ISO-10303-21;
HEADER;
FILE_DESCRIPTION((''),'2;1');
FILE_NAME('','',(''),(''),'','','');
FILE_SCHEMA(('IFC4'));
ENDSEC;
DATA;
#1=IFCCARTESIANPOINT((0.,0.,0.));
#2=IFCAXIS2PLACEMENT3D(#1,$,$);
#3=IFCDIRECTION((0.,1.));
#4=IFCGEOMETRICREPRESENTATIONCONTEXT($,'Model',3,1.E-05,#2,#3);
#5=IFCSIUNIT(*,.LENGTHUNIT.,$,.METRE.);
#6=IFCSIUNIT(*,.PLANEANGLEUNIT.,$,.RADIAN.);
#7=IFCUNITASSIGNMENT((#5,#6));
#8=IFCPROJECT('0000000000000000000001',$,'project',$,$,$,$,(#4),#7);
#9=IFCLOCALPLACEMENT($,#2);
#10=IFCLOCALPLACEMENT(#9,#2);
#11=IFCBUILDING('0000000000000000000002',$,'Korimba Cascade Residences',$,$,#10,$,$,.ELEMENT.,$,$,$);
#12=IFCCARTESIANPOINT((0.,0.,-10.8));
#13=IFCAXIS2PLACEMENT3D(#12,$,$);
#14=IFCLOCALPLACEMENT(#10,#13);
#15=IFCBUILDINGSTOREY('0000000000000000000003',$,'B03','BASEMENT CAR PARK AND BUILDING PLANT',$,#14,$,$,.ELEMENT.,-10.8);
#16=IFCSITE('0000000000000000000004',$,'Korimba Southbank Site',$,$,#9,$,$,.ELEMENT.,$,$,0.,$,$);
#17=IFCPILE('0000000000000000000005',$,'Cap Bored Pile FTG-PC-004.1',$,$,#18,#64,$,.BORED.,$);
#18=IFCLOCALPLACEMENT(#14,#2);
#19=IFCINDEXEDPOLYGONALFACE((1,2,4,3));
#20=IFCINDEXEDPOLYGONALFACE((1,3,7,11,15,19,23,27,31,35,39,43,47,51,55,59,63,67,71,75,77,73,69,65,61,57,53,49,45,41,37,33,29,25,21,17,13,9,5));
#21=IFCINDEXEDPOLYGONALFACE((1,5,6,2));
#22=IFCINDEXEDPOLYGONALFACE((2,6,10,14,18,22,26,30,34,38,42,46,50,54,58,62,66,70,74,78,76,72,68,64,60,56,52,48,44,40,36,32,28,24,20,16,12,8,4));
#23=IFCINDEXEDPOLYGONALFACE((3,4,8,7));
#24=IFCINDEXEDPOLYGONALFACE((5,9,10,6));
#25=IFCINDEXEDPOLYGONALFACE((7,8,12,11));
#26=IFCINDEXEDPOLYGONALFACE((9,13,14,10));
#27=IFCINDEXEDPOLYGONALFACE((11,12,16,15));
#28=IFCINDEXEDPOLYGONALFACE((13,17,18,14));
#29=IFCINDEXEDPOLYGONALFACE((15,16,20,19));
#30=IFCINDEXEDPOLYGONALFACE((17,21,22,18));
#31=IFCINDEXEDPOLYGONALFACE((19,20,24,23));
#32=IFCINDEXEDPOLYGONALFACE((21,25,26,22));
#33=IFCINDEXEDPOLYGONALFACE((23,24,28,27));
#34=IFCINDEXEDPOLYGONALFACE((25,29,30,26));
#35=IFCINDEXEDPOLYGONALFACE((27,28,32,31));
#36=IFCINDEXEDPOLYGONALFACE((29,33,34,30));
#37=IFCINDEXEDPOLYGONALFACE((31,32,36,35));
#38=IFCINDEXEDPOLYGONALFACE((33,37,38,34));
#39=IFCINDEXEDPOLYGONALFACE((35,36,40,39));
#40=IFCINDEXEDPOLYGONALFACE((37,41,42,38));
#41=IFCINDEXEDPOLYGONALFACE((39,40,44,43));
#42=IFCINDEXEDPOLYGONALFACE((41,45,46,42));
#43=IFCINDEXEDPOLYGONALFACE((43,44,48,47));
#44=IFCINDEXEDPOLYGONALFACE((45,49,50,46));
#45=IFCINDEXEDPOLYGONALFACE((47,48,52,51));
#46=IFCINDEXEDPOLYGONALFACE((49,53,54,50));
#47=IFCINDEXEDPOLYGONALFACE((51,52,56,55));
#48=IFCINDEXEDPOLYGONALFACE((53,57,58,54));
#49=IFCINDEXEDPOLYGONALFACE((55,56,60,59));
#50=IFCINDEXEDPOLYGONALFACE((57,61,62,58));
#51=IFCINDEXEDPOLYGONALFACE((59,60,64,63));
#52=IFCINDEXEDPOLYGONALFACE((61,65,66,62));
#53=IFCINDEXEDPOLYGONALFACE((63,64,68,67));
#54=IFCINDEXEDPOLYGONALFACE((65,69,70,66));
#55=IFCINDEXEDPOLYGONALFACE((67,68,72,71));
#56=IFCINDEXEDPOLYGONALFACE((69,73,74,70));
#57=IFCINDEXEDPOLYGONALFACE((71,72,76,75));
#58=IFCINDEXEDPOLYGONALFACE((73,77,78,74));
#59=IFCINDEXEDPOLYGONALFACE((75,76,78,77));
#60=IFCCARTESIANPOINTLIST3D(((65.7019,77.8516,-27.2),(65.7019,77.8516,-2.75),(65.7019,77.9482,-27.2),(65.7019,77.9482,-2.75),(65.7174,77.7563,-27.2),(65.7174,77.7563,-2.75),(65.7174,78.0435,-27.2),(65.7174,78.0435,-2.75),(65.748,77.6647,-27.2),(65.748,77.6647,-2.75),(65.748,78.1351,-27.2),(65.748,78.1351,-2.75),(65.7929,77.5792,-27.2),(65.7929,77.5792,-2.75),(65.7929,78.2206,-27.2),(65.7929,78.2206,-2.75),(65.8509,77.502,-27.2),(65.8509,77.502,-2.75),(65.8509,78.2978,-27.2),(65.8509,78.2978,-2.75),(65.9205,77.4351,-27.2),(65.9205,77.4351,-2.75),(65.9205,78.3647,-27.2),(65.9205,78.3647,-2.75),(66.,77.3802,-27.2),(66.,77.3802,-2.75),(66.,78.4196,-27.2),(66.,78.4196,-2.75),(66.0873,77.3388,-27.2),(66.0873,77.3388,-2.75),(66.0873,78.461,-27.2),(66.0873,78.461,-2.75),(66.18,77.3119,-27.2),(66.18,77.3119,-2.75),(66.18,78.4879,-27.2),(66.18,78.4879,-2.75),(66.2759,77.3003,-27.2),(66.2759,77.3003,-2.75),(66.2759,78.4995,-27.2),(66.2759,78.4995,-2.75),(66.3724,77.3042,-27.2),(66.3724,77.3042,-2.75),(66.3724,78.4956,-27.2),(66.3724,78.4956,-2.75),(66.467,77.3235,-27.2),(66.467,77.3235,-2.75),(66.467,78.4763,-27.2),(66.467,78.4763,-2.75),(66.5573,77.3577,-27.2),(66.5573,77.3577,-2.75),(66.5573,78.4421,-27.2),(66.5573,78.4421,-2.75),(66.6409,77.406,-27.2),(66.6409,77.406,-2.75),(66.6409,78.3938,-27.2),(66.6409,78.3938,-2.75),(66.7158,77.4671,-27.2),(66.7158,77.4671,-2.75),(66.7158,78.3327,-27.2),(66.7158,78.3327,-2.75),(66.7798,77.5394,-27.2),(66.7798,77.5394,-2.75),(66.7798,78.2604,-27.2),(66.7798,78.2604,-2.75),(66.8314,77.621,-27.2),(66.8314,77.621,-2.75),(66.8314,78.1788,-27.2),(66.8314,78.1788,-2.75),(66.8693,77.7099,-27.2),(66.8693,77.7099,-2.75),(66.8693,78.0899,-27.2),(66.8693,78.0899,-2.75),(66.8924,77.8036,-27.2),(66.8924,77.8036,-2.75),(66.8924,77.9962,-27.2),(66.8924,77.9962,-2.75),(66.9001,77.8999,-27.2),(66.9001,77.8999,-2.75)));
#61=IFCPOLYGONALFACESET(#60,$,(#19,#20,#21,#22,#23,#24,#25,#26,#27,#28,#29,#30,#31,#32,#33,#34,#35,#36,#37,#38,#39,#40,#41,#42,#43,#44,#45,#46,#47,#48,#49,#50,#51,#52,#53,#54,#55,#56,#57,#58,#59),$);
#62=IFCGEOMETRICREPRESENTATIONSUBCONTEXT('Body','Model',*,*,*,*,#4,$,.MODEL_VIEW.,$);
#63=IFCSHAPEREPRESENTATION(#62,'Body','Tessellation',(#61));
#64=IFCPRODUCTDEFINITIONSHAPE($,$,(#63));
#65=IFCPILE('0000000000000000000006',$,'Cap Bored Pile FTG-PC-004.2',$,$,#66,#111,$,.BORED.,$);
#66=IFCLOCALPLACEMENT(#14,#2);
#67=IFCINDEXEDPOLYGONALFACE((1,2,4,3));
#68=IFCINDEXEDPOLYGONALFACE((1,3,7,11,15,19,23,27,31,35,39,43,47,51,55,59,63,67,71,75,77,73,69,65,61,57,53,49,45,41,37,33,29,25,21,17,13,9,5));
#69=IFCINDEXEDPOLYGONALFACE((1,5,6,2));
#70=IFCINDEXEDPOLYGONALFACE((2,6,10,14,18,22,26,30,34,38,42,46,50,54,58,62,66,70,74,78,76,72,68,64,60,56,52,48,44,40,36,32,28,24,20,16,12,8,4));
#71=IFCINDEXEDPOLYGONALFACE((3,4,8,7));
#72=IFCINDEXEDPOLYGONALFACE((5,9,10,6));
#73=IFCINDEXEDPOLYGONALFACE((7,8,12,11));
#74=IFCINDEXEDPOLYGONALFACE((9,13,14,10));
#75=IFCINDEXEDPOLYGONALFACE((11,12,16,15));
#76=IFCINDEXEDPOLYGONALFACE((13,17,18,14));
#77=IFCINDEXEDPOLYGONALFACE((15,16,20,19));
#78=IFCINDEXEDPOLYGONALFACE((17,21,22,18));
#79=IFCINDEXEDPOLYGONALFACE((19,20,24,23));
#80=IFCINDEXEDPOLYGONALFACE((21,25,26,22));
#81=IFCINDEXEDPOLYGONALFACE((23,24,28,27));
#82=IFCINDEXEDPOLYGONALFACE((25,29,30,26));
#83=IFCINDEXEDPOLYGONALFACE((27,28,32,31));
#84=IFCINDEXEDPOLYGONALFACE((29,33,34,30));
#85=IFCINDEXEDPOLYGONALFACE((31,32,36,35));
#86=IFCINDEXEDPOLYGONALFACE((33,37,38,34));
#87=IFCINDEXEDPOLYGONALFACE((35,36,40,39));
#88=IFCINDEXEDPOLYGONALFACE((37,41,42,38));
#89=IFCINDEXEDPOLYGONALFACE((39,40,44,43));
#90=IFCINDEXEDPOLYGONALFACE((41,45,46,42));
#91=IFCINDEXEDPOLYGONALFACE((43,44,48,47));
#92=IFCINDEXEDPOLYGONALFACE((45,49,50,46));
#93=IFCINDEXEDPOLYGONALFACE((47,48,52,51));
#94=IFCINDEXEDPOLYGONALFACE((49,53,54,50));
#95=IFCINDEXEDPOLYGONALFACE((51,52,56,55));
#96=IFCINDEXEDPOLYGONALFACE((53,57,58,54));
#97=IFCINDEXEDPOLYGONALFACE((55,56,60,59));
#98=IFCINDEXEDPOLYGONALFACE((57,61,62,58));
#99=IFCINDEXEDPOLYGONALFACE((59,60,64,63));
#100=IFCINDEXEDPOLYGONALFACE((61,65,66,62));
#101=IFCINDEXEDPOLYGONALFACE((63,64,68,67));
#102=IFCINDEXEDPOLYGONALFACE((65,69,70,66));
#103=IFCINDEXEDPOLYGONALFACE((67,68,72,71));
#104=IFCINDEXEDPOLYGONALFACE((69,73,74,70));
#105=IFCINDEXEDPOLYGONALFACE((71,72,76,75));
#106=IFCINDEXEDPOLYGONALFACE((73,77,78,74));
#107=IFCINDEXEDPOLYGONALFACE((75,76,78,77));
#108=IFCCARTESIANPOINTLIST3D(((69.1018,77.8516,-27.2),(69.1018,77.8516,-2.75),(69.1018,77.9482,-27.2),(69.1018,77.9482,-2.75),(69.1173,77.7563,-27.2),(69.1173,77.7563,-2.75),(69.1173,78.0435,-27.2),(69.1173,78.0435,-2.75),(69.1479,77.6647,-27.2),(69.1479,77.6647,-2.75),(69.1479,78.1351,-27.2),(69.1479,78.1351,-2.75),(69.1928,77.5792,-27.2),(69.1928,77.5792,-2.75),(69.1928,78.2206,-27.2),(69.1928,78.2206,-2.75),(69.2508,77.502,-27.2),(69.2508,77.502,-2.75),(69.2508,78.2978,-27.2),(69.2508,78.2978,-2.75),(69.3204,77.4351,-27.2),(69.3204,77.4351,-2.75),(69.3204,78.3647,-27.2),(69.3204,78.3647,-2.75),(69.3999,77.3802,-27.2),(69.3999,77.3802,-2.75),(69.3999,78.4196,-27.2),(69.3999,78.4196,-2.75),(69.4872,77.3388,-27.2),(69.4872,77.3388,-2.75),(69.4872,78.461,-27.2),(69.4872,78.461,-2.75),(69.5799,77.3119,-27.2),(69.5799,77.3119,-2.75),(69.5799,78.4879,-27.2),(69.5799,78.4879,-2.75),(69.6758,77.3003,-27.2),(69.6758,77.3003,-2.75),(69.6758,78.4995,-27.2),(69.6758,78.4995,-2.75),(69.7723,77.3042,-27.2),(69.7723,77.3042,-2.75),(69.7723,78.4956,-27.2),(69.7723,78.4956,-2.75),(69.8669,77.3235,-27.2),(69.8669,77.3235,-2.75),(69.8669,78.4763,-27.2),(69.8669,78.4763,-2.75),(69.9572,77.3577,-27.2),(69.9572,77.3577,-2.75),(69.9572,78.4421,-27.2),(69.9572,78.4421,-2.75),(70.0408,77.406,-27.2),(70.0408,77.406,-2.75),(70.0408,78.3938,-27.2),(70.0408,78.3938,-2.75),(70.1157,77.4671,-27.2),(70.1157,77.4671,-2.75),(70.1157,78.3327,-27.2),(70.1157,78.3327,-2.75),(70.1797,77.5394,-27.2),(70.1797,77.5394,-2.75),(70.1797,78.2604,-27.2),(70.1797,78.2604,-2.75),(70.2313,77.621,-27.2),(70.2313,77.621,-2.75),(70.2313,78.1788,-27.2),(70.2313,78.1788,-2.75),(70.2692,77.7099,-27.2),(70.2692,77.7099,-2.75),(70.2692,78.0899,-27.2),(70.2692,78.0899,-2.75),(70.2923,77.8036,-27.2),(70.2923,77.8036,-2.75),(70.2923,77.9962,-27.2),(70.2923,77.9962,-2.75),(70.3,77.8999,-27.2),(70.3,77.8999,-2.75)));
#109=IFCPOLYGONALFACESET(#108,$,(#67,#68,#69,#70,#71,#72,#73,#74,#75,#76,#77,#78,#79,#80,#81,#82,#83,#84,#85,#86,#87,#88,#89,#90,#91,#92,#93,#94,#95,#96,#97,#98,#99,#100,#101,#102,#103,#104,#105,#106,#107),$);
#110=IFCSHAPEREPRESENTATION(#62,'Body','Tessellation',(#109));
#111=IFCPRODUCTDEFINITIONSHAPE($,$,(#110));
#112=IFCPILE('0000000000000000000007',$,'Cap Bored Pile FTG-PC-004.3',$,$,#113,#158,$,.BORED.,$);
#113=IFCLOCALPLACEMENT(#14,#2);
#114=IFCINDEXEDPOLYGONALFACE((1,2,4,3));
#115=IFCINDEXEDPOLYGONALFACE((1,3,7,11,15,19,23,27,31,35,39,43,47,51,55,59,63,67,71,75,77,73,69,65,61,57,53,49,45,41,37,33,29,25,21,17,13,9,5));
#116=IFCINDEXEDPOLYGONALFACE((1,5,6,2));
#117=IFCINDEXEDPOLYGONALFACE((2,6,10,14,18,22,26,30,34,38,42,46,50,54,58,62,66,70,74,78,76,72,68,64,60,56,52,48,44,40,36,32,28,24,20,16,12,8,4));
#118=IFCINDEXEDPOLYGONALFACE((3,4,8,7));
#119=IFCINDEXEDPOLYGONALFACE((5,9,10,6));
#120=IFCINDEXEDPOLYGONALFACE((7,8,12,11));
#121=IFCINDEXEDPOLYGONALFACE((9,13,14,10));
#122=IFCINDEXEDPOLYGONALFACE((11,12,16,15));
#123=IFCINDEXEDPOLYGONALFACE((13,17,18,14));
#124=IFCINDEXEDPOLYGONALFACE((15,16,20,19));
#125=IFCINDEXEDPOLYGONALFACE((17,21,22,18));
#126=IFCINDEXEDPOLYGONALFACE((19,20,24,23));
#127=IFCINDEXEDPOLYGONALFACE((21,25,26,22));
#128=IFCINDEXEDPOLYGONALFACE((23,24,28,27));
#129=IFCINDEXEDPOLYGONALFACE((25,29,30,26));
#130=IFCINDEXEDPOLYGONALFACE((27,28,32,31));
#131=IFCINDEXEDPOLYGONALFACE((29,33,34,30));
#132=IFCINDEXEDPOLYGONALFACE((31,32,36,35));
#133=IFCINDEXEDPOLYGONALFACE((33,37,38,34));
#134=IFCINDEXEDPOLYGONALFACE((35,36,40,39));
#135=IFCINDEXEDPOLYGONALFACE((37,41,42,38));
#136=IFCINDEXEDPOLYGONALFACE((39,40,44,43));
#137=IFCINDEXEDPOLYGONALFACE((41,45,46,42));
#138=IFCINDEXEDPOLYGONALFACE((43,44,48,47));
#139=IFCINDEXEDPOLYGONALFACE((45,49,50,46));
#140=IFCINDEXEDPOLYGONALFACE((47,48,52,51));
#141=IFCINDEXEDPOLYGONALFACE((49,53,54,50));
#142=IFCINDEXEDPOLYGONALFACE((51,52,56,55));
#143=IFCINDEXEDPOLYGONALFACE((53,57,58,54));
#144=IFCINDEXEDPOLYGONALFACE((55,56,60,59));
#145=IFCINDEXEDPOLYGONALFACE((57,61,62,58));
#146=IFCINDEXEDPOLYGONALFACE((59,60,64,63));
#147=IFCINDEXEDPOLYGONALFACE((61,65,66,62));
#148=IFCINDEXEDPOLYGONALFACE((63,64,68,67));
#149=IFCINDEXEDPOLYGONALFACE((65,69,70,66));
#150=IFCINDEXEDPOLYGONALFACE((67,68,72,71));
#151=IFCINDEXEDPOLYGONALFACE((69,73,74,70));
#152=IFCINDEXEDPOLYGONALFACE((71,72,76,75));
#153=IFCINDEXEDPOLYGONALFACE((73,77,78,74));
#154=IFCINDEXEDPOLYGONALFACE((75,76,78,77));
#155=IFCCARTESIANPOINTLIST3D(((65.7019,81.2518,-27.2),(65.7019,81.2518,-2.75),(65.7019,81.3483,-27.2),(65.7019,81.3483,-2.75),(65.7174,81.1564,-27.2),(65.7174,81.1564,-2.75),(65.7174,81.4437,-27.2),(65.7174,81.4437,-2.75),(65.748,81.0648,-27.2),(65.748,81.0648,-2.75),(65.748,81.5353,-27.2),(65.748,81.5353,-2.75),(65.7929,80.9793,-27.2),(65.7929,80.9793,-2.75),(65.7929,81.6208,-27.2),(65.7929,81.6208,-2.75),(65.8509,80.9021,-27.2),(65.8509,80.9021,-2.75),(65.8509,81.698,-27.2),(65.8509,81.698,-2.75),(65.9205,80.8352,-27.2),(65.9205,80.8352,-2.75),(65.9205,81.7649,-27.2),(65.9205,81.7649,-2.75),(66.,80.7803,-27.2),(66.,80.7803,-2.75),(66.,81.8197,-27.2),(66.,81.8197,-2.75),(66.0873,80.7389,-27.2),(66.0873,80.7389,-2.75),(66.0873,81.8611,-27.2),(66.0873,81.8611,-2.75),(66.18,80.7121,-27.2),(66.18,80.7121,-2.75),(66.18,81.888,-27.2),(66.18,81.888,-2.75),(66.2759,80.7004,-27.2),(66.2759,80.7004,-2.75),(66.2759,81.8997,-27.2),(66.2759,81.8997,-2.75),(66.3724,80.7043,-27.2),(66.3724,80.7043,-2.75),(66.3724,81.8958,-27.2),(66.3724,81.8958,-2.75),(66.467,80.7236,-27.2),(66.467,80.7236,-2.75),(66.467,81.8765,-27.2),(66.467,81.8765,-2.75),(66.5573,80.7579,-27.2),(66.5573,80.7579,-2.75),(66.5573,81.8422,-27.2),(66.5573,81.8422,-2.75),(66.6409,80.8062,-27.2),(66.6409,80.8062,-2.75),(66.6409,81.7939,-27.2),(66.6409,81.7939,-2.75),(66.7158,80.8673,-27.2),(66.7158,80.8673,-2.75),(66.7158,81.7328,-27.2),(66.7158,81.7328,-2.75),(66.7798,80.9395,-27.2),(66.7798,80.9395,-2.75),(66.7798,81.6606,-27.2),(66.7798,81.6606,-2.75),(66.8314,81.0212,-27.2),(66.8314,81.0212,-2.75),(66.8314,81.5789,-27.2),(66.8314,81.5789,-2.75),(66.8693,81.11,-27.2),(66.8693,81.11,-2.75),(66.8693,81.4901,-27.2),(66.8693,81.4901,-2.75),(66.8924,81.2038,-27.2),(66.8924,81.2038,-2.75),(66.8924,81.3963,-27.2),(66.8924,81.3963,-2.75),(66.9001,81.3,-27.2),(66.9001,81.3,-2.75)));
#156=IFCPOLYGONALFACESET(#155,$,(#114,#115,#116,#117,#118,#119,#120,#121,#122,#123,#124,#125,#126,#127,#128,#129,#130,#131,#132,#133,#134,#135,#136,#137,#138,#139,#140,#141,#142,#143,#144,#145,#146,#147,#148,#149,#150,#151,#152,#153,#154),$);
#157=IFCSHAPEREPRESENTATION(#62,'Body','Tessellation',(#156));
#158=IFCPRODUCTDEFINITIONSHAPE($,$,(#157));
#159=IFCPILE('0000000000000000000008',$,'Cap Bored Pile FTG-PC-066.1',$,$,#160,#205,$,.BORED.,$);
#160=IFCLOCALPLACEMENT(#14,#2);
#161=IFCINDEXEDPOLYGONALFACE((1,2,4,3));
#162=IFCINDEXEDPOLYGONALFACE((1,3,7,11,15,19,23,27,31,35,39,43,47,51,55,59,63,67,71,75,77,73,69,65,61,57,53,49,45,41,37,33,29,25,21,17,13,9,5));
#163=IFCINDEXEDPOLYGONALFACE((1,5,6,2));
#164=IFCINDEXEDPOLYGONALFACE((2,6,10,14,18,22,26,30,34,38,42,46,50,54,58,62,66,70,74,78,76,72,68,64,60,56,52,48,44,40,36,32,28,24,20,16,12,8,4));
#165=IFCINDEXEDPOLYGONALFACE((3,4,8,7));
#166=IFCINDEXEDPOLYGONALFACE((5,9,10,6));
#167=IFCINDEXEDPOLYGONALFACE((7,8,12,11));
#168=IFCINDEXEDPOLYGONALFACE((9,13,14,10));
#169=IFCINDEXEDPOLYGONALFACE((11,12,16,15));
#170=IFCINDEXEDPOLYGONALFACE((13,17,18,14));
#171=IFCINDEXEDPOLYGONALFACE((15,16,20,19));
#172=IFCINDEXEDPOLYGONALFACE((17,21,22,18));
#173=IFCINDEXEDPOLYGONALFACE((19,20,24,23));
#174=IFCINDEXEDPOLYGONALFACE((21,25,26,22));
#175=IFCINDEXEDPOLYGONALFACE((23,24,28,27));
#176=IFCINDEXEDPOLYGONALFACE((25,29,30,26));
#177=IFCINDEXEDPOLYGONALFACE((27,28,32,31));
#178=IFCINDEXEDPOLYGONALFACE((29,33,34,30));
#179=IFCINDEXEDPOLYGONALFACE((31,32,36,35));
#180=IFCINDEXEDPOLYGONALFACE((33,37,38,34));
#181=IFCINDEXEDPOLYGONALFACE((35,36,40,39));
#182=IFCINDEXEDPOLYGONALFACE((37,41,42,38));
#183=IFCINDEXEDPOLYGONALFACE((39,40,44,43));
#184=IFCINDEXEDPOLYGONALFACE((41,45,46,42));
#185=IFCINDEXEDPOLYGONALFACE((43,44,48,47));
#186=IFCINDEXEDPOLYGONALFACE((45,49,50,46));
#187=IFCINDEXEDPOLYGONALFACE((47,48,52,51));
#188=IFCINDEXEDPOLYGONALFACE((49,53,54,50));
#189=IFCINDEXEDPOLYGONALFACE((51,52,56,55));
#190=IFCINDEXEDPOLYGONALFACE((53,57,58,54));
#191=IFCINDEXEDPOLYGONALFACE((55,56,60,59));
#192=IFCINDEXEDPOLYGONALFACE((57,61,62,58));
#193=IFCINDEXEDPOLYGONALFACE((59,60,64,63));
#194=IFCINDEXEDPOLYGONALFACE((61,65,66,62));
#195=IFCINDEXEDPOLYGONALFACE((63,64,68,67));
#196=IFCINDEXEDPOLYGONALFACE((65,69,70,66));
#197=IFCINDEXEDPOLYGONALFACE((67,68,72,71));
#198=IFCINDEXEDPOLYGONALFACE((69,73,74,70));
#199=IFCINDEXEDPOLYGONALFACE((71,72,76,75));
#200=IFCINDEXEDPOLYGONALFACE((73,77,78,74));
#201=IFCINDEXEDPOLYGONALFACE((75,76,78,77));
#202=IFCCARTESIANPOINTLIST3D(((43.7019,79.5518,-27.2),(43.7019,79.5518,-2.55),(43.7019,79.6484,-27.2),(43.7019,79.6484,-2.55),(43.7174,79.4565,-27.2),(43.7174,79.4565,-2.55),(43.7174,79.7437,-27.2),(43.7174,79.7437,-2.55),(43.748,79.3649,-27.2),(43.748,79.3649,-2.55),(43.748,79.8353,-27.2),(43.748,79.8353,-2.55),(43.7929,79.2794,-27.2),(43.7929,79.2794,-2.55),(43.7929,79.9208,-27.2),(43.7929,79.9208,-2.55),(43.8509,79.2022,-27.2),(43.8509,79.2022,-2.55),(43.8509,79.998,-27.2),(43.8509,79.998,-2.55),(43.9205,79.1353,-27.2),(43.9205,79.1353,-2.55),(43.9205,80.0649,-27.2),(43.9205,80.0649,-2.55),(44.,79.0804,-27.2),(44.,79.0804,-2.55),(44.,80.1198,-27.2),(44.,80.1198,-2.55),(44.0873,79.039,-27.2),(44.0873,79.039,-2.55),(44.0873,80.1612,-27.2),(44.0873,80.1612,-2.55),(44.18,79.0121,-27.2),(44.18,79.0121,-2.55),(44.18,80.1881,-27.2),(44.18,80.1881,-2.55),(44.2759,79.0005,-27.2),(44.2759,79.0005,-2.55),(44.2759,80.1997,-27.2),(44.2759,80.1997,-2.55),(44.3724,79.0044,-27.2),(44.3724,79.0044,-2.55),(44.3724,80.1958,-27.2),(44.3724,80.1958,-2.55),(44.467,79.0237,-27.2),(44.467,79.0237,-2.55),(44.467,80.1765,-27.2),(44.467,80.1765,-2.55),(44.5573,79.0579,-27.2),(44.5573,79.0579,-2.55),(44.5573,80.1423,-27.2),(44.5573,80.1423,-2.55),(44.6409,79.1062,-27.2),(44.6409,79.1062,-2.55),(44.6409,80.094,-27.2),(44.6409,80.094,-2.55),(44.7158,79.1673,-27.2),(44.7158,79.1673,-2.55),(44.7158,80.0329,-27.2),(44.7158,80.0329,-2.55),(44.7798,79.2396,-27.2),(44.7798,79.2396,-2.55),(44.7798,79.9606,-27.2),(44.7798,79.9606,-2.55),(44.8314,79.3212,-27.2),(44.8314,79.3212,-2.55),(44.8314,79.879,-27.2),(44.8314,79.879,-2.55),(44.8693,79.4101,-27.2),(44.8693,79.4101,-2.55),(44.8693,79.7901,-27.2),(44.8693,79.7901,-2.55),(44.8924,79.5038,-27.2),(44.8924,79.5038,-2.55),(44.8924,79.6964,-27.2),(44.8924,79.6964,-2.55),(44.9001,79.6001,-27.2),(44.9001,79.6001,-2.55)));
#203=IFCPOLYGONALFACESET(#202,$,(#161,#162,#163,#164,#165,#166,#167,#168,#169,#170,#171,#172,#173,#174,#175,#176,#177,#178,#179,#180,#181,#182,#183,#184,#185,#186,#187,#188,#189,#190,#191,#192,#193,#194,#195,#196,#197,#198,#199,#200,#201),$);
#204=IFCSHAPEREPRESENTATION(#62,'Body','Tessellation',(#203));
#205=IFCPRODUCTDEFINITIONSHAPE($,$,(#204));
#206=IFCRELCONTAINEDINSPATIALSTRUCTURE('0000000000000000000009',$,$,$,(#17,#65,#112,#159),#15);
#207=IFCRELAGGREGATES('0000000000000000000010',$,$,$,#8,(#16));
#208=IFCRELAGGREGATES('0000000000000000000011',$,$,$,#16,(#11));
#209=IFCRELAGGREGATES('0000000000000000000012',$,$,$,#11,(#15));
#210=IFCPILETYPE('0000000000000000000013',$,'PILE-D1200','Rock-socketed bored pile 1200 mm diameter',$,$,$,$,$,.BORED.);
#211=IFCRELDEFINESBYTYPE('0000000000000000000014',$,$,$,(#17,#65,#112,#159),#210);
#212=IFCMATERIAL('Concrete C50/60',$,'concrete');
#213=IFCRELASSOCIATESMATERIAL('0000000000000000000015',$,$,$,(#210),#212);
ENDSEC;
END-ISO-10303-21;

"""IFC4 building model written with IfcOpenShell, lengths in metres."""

from ifc_helpers import new_model, si_unit, direction, frame, origin, origin_2d, place, context, subcontext, project, spatial, circle, extrude, material, material_profile, profile_set, type_object, element, save


model = new_model("IFC4")

# Units and contexts
model_context = context("Model", 3, precision=1e-05, world=origin(), true_north=direction((0.0, 1.0)))
body_context = subcontext(model_context, "Body", "Model", "MODEL_VIEW")
ifc_project = project(units=[si_unit("LENGTHUNIT", "METRE"), si_unit("PLANEANGLEUNIT", "RADIAN")], contexts=[model_context])

# Site, building, storey
site_placement = place(None, origin())
site = spatial("IfcSite", under=ifc_project, at=site_placement, Name="Korimba Southbank Site", CompositionType="ELEMENT", RefElevation=0.0)
building_placement = place(site_placement, origin())
building = spatial("IfcBuilding", under=site, at=building_placement, Name="Korimba Cascade Residences", CompositionType="ELEMENT")
storey_placement = place(building_placement, frame((0.0, 0.0, -10.8)))
storey = spatial("IfcBuildingStorey", under=building, at=storey_placement, Name="B03", Description="BASEMENT CAR PARK AND BUILDING PLANT", CompositionType="ELEMENT", Elevation=-10.8)

# Piles
ifc_material_1 = material(Name="Concrete C50/60", Category="concrete")
ifc_material_profile_1 = material_profile(ifc_material_1, circle(Radius=0.6001, at=origin_2d()), Name="Concrete C50/60")
ifc_profile_set_1 = profile_set([ifc_material_profile_1], Name="Concrete C50/60")
pile_type = type_object("IfcPileType", Name="PILE-D1200", Description="Rock-socketed bored pile 1200 mm diameter", PredefinedType="BORED", material=ifc_profile_set_1)
for number, where, z_axis, x_axis, name in (
    (1, (66.3, 77.8999, -2.75), (0.0, 0.0, -1.0), (1.0, 0.0, 0.0), "Cap Bored Pile FTG-PC-004.1"),
    (2, (69.7, 77.8999, -2.75), (0.0, 0.0, -1.0), (1.0, 0.0, 0.0), "Cap Bored Pile FTG-PC-004.2"),
    (3, (66.3, 81.3, -2.75), (0.0, 0.0, -1.0), (1.0, 0.0, 0.0), "Cap Bored Pile FTG-PC-004.3"),
):
    element("IfcPile", number, at=place(storey_placement, frame(where, z_axis=z_axis, x_axis=x_axis)), inside=storey, type_object=pile_type, Name=name, PredefinedType="BORED", context=body_context, shape_type="SweptSolid", body=[
        extrude(circle(Radius=0.6001, at=origin_2d()), origin(), (0.0, 0.0, 1.0), 24.45),
    ])
pile_placement = place(storey_placement, frame((44.3, 79.6001, -2.55), z_axis=(0.0, 0.0, -1.0), x_axis=(1.0, 0.0, 0.0)))
element("IfcPile", 4, at=pile_placement, inside=storey, type_object=pile_type, Name="Cap Bored Pile FTG-PC-066.1", PredefinedType="BORED", context=body_context, shape_type="SweptSolid", body=[
    extrude(circle(Radius=0.6001, at=origin_2d()), origin(), (0.0, 0.0, 1.0), 24.6499),
])

save(model, "model.ifc")
